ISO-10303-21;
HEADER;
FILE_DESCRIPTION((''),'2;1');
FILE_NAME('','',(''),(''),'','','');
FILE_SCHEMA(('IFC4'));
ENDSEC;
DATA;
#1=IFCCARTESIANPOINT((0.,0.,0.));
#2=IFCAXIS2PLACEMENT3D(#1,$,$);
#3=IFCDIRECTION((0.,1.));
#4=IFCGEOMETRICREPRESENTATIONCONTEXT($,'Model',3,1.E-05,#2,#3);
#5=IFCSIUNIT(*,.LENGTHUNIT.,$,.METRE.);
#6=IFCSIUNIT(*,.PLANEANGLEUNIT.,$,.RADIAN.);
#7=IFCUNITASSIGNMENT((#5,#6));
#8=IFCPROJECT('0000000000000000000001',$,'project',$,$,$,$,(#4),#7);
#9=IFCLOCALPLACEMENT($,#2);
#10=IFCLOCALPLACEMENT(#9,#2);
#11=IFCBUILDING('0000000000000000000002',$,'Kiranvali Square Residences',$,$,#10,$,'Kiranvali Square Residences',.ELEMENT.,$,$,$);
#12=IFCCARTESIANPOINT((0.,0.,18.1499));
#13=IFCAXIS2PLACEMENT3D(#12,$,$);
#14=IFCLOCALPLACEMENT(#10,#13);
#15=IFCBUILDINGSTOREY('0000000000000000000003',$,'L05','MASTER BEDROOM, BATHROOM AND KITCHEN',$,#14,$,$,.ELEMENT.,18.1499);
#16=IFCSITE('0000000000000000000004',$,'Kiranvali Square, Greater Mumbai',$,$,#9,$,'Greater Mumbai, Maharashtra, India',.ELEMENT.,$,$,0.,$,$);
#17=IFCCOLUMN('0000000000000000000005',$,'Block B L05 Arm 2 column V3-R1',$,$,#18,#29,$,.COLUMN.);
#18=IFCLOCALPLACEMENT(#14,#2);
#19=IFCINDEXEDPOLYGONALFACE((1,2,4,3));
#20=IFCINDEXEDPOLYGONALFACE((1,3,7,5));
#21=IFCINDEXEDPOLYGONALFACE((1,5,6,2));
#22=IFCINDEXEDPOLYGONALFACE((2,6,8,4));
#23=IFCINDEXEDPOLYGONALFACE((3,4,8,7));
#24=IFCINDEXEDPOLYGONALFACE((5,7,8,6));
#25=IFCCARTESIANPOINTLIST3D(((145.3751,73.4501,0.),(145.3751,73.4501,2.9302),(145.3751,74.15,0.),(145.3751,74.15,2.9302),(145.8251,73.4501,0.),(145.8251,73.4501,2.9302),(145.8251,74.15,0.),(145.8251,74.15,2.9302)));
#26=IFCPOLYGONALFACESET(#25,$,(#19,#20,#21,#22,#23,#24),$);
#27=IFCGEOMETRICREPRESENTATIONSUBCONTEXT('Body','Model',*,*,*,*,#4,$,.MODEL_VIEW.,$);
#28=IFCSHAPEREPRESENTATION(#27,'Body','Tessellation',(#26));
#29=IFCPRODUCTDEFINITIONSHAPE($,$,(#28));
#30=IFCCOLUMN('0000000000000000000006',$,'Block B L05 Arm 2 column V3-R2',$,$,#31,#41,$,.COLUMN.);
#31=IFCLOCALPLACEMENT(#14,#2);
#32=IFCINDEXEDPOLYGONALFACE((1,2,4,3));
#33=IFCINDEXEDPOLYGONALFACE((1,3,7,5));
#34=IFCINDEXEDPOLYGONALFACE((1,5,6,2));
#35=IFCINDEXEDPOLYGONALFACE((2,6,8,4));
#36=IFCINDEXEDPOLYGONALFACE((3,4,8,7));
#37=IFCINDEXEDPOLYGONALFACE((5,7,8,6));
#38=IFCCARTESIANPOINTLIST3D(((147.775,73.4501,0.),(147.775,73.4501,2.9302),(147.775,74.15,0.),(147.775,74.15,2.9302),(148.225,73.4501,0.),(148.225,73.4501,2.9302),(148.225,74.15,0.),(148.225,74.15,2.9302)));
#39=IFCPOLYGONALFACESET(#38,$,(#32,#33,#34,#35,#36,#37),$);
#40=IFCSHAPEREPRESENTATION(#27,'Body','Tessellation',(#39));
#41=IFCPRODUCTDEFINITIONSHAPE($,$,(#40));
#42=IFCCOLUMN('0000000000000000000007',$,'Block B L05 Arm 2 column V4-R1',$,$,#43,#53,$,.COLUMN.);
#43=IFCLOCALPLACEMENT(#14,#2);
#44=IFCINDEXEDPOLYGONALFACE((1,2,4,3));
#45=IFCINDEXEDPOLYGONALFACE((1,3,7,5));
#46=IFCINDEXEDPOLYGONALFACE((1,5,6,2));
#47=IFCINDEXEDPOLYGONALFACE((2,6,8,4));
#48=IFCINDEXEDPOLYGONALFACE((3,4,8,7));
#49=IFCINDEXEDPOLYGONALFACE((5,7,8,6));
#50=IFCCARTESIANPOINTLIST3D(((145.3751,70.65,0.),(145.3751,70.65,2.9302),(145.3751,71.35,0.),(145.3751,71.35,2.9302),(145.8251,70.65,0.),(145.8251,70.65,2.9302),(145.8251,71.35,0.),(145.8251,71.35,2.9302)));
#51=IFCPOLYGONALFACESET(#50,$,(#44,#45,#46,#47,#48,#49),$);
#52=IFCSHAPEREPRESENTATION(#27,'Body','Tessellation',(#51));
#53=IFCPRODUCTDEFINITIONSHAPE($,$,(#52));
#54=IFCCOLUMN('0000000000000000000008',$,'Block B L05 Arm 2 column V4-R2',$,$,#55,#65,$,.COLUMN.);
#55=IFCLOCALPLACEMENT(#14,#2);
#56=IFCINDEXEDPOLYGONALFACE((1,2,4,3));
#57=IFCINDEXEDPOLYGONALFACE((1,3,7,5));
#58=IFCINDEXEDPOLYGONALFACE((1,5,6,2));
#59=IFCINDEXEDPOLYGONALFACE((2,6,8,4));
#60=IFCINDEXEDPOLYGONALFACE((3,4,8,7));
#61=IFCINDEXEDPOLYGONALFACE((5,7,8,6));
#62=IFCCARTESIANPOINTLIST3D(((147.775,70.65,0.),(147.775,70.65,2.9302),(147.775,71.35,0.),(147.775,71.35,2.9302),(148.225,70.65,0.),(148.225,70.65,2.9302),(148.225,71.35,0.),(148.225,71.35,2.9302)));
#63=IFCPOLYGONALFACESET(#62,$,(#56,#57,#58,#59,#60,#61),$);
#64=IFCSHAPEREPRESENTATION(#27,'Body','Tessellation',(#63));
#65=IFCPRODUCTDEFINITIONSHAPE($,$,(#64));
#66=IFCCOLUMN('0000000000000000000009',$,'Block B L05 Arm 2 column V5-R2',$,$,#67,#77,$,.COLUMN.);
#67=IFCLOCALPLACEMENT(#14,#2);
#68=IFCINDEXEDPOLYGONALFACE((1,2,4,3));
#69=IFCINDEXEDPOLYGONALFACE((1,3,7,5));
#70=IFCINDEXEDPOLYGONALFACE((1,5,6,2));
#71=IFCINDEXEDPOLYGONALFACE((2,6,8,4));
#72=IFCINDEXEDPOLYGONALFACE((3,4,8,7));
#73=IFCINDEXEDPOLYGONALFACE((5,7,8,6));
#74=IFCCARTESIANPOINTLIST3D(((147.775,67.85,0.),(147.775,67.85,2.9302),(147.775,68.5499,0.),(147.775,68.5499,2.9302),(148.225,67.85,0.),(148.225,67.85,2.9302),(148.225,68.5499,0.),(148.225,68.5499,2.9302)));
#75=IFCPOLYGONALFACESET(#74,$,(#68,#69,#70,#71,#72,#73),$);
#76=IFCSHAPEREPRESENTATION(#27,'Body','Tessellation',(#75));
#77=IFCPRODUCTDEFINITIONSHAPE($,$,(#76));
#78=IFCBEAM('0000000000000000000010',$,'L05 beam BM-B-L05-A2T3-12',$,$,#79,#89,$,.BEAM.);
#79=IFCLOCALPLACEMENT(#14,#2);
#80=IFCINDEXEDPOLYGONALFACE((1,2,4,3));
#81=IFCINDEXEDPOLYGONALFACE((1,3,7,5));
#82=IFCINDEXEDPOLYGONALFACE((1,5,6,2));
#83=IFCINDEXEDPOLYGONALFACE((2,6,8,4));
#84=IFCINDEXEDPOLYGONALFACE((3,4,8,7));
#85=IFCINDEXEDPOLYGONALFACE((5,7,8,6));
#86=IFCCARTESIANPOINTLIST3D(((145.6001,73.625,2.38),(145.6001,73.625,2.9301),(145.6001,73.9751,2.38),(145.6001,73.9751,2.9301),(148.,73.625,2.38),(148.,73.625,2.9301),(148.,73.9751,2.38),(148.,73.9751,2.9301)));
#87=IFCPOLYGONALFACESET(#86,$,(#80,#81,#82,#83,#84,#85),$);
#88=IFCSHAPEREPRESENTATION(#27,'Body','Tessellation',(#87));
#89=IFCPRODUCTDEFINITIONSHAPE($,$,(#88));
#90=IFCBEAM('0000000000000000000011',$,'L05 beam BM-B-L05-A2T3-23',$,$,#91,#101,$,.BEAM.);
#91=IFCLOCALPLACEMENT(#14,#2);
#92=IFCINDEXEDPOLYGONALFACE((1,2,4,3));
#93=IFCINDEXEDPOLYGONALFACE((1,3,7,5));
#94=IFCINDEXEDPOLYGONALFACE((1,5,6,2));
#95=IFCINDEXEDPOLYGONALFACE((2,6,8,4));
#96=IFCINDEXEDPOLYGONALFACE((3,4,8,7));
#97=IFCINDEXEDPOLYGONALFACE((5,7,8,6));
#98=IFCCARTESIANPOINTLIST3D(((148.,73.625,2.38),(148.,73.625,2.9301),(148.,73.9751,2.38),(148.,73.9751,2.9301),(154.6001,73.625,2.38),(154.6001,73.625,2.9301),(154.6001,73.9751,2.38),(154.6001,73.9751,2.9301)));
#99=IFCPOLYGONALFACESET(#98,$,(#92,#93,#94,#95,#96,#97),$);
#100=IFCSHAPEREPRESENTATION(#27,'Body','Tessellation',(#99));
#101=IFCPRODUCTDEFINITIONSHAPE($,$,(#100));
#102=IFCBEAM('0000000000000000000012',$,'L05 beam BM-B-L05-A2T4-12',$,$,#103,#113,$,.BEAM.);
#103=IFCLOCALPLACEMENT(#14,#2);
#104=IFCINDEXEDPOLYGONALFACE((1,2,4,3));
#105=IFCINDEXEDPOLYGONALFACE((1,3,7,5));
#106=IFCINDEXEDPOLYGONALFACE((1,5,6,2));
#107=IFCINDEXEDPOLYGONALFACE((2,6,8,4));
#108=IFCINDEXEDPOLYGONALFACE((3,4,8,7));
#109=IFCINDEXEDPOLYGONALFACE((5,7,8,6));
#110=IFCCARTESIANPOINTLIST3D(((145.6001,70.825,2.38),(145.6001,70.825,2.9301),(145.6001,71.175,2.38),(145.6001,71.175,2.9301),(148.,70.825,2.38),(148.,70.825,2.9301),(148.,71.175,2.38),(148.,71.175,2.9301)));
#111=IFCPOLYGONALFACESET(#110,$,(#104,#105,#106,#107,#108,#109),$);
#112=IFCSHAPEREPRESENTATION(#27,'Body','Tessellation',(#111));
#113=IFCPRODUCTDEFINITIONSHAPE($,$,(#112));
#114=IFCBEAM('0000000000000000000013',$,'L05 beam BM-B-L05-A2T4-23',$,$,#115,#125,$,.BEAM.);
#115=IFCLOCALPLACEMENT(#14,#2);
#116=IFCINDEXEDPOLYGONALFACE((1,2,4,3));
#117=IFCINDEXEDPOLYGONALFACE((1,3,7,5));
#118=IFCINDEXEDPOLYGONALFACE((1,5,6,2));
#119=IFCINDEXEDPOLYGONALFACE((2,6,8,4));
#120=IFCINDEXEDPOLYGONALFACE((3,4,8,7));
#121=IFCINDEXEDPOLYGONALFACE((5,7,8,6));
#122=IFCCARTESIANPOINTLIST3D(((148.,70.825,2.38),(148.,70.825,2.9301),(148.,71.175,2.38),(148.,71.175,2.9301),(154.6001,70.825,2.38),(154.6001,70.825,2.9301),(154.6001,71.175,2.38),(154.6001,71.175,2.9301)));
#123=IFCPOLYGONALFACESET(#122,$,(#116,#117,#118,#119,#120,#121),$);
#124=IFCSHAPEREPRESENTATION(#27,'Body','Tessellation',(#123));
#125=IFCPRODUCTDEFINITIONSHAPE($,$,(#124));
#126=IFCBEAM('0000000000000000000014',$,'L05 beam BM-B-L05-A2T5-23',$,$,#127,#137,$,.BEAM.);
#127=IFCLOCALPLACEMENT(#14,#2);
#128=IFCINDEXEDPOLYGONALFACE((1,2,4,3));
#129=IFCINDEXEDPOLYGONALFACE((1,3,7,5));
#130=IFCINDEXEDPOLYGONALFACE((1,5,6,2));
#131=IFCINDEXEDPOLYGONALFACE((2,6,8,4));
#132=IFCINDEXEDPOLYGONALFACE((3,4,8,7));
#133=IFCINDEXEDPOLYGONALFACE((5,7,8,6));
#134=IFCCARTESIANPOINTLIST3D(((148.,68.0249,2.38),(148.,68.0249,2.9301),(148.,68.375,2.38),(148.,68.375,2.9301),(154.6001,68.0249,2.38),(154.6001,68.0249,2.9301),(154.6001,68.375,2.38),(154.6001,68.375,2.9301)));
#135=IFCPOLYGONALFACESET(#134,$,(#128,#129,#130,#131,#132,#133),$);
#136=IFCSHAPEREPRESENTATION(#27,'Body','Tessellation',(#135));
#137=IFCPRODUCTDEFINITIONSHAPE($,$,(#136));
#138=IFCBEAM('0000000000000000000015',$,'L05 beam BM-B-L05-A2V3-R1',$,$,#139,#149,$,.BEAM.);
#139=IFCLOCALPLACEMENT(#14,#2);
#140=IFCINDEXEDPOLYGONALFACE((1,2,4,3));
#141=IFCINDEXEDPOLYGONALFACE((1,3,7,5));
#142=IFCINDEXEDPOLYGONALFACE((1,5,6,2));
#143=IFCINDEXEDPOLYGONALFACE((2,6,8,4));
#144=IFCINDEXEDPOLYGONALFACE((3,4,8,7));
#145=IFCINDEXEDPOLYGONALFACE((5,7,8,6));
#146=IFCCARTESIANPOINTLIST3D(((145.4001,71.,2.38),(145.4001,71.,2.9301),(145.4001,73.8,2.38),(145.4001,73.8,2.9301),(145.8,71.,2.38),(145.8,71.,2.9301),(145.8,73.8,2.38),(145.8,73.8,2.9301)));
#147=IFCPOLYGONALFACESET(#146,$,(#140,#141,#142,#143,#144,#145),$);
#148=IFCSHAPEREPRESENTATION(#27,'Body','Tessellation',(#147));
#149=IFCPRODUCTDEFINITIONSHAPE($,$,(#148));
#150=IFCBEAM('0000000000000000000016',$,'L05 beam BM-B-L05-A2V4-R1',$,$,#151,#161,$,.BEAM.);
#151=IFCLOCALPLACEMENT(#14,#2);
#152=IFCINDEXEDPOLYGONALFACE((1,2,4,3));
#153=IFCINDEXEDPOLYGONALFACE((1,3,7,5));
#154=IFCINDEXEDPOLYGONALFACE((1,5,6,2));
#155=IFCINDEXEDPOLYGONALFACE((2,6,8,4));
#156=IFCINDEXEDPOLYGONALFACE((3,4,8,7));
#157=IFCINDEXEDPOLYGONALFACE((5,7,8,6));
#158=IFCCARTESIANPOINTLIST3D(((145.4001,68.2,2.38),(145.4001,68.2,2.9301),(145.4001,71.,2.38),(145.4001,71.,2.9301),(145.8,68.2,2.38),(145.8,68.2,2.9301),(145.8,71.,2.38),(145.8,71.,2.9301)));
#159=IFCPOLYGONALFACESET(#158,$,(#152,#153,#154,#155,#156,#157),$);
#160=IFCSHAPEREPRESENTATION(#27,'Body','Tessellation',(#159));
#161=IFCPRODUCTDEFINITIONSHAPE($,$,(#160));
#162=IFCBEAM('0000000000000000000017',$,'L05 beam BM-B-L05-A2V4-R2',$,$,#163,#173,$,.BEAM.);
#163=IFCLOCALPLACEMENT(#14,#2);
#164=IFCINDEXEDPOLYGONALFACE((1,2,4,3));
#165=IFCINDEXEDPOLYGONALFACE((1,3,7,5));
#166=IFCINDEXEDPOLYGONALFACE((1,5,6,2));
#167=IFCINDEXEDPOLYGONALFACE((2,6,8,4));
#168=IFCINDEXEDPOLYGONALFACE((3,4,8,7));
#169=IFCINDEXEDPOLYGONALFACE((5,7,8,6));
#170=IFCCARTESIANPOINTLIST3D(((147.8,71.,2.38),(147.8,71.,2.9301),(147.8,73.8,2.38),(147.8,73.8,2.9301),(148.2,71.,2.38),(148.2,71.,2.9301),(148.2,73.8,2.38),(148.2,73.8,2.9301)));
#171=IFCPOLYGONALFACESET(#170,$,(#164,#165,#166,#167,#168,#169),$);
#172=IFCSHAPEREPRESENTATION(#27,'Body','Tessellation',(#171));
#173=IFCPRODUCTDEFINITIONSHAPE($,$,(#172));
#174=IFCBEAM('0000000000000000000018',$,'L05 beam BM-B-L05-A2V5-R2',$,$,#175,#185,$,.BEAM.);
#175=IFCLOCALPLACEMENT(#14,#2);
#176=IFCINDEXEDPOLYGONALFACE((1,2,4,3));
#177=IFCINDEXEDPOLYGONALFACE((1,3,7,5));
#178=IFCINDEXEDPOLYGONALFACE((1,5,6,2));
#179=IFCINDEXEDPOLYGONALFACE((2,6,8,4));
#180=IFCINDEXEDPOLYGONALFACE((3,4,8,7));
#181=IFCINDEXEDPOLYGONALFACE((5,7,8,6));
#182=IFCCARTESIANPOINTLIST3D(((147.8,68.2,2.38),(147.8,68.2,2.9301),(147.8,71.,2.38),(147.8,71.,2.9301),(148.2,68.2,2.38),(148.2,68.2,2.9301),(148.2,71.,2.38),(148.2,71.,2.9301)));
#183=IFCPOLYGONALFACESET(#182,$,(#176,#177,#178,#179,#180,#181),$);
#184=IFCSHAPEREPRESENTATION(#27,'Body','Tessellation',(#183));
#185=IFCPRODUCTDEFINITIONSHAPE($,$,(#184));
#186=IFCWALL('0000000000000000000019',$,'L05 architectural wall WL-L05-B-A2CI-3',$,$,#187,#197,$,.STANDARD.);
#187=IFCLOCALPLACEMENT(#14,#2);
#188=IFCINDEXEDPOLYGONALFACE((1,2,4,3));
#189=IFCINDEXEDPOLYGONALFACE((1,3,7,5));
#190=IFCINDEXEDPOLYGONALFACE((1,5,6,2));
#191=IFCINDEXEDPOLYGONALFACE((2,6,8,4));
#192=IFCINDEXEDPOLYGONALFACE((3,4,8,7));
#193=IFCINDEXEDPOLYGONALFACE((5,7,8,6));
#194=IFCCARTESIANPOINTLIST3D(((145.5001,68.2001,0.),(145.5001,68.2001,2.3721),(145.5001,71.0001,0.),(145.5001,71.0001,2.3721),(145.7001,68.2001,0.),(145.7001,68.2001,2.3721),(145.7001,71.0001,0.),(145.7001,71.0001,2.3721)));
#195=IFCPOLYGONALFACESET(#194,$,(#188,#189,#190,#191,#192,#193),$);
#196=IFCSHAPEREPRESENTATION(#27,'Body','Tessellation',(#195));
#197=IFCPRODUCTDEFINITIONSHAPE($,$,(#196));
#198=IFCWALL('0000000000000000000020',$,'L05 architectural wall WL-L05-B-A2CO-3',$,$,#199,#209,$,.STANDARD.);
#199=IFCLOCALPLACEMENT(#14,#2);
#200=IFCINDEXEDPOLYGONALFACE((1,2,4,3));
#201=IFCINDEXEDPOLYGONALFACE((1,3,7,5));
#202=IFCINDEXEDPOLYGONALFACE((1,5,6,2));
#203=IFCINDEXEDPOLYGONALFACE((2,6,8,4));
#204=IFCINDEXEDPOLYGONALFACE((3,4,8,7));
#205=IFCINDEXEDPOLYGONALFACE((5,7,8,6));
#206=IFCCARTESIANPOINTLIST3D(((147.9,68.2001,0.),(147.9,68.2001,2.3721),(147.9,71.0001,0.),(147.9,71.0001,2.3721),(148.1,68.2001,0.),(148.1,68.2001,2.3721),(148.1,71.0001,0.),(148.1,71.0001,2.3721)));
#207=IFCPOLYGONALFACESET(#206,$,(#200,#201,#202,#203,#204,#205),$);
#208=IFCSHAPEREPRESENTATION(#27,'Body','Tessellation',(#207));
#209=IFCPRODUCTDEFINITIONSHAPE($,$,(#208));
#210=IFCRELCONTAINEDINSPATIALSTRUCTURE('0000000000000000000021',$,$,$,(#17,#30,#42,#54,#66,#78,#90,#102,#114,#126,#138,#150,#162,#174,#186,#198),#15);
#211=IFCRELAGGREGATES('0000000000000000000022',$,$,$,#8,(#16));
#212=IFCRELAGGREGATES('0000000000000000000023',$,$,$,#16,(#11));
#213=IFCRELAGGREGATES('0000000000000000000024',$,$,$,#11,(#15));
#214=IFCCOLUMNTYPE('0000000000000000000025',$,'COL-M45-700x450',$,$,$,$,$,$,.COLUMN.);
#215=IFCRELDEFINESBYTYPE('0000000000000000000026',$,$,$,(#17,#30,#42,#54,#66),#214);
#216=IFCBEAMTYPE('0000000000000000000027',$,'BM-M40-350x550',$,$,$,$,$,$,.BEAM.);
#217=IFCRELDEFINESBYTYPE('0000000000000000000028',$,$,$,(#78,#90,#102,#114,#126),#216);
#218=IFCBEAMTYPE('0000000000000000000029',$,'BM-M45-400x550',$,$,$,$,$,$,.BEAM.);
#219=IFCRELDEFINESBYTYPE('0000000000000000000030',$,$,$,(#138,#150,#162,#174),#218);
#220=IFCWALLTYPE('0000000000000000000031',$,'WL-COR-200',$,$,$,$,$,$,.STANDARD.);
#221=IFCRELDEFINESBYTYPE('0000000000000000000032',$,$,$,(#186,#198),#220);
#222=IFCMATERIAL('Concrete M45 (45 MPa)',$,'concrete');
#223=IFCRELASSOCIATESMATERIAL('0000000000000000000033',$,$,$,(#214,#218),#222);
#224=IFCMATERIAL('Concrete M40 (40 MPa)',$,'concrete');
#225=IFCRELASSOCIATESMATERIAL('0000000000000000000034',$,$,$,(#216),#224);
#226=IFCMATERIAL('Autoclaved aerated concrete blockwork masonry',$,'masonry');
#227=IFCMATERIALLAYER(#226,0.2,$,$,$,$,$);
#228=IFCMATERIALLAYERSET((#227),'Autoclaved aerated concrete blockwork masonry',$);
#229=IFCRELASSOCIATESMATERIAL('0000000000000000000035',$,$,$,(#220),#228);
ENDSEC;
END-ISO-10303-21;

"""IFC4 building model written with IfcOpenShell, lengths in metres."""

from ifc_helpers import new_model, si_unit, direction, frame, frame_2d, origin, origin_2d, place, context, subcontext, project, spatial, rectangle, extrude, material, layer, layer_set, material_profile, profile_set, type_object, element, save


model = new_model("IFC4")

# Units and contexts
model_context = context("Model", 3, precision=1e-05, world=origin(), true_north=direction((0.0, 1.0)))
body_context = subcontext(model_context, "Body", "Model", "MODEL_VIEW")
ifc_project = project(units=[si_unit("LENGTHUNIT", "METRE"), si_unit("PLANEANGLEUNIT", "RADIAN")], contexts=[model_context])

# Site, building, storey
site_placement = place(None, origin())
site = spatial("IfcSite", under=ifc_project, at=site_placement, Name="Kiranvali Square, Greater Mumbai", LongName="Greater Mumbai, Maharashtra, India", CompositionType="ELEMENT", RefElevation=0.0)
building_placement = place(site_placement, origin())
building = spatial("IfcBuilding", under=site, at=building_placement, Name="Kiranvali Square Residences", LongName="Kiranvali Square Residences", CompositionType="ELEMENT")
storey_placement = place(building_placement, frame((0.0, 0.0, 18.1499)))
storey = spatial("IfcBuildingStorey", under=building, at=storey_placement, Name="L05", Description="MASTER BEDROOM, BATHROOM AND KITCHEN", CompositionType="ELEMENT", Elevation=18.1499)

# Columns
ifc_material_1 = material(Name="Concrete M45 (45 MPa)", Category="concrete")
ifc_material_profile_1 = material_profile(ifc_material_1, rectangle(XDim=0.45, YDim=0.7, at=origin_2d()), Name="RC 700x450")
ifc_profile_set_1 = profile_set([ifc_material_profile_1], Name="Concrete M45 (45 MPa)")
column_type = type_object("IfcColumnType", Name="COL-M45-700x450", PredefinedType="COLUMN", material=ifc_profile_set_1)
for number, where, z_axis, x_axis, name in (
    (1, (145.6001, 73.8, 0.0), (0.0, 0.0, 1.0), (1.0, 0.0, 0.0), "Block B L05 Arm 2 column V3-R1"),
    (2, (148.0, 73.8, 0.0), (0.0, 0.0, 1.0), (1.0, 0.0, 0.0), "Block B L05 Arm 2 column V3-R2"),
    (3, (145.6001, 71.0, 0.0), (0.0, 0.0, 1.0), (1.0, 0.0, 0.0), "Block B L05 Arm 2 column V4-R1"),
    (4, (148.0, 71.0, 0.0), (0.0, 0.0, 1.0), (1.0, 0.0, 0.0), "Block B L05 Arm 2 column V4-R2"),
    (5, (148.0, 68.2, 0.0), (0.0, 0.0, 1.0), (1.0, 0.0, 0.0), "Block B L05 Arm 2 column V5-R2"),
):
    element("IfcColumn", number, at=place(storey_placement, frame(where, z_axis=z_axis, x_axis=x_axis)), inside=storey, type_object=column_type, Name=name, PredefinedType="COLUMN", context=body_context, shape_type="SweptSolid", body=[
        extrude(rectangle(XDim=0.45, YDim=0.7, at=origin_2d()), origin(), (0.0, 0.0, 1.0), 2.9302),
    ])

# Beams
ifc_material_2 = material(Name="Concrete M40 (40 MPa)", Category="concrete")
ifc_material_profile_2 = material_profile(ifc_material_2, rectangle(XDim=0.3501, YDim=0.55, at=origin_2d()), Name="RC 350x550")
ifc_profile_set_2 = profile_set([ifc_material_profile_2], Name="Concrete M40 (40 MPa)")
beam_type_1 = type_object("IfcBeamType", Name="BM-M40-350x550", PredefinedType="BEAM", material=ifc_profile_set_2)
beam_1_placement = place(storey_placement, frame((145.6001, 73.8, 2.655), z_axis=(1.0, 0.0, 0.0), x_axis=(0.0, 1.0, 0.0)))
element("IfcBeam", 6, at=beam_1_placement, inside=storey, type_object=beam_type_1, Name="L05 beam BM-B-L05-A2T3-12", PredefinedType="BEAM", context=body_context, shape_type="SweptSolid", body=[
    extrude(rectangle(XDim=0.3501, YDim=0.55, at=origin_2d()), origin(), (0.0, 0.0, 1.0), 2.3999),
])
beam_2_placement = place(storey_placement, frame((148.0, 73.8, 2.655), z_axis=(1.0, 0.0, 0.0), x_axis=(0.0, 1.0, 0.0)))
element("IfcBeam", 7, at=beam_2_placement, inside=storey, type_object=beam_type_1, Name="L05 beam BM-B-L05-A2T3-23", PredefinedType="BEAM", context=body_context, shape_type="SweptSolid", body=[
    extrude(rectangle(XDim=0.3501, YDim=0.55, at=origin_2d()), origin(), (0.0, 0.0, 1.0), 6.6001),
])
beam_3_placement = place(storey_placement, frame((145.6001, 71.0, 2.655), z_axis=(1.0, 0.0, 0.0), x_axis=(0.0, 1.0, 0.0)))
element("IfcBeam", 8, at=beam_3_placement, inside=storey, type_object=beam_type_1, Name="L05 beam BM-B-L05-A2T4-12", PredefinedType="BEAM", context=body_context, shape_type="SweptSolid", body=[
    extrude(rectangle(XDim=0.3501, YDim=0.55, at=origin_2d()), origin(), (0.0, 0.0, 1.0), 2.3999),
])
for number, where, z_axis, x_axis, name in (
    (9, (148.0, 71.0, 2.655), (1.0, 0.0, 0.0), (0.0, 1.0, 0.0), "L05 beam BM-B-L05-A2T4-23"),
    (10, (148.0, 68.2, 2.655), (1.0, 0.0, 0.0), (0.0, 1.0, 0.0), "L05 beam BM-B-L05-A2T5-23"),
):
    element("IfcBeam", number, at=place(storey_placement, frame(where, z_axis=z_axis, x_axis=x_axis)), inside=storey, type_object=beam_type_1, Name=name, PredefinedType="BEAM", context=body_context, shape_type="SweptSolid", body=[
        extrude(rectangle(XDim=0.3501, YDim=0.55, at=origin_2d()), origin(), (0.0, 0.0, 1.0), 6.6001),
    ])
ifc_material_profile_3 = material_profile(ifc_material_1, rectangle(XDim=0.3999, YDim=0.55, at=origin_2d()), Name="RC 400x550")
ifc_profile_set_3 = profile_set([ifc_material_profile_3], Name="Concrete M45 (45 MPa)")
beam_type_2 = type_object("IfcBeamType", Name="BM-M45-400x550", PredefinedType="BEAM", material=ifc_profile_set_3)
for number, where, z_axis, x_axis, name in (
    (11, (145.6001, 73.8, 2.655), (0.0, -1.0, 0.0), (1.0, 0.0, 0.0), "L05 beam BM-B-L05-A2V3-R1"),
    (12, (145.6001, 71.0, 2.655), (0.0, -1.0, 0.0), (1.0, 0.0, 0.0), "L05 beam BM-B-L05-A2V4-R1"),
    (13, (148.0, 73.8, 2.655), (0.0, -1.0, 0.0), (1.0, 0.0, 0.0), "L05 beam BM-B-L05-A2V4-R2"),
    (14, (148.0, 71.0, 2.655), (0.0, -1.0, 0.0), (1.0, 0.0, 0.0), "L05 beam BM-B-L05-A2V5-R2"),
):
    element("IfcBeam", number, at=place(storey_placement, frame(where, z_axis=z_axis, x_axis=x_axis)), inside=storey, type_object=beam_type_2, Name=name, PredefinedType="BEAM", context=body_context, shape_type="SweptSolid", body=[
        extrude(rectangle(XDim=0.3999, YDim=0.55, at=origin_2d()), origin(), (0.0, 0.0, 1.0), 2.8),
    ])

# Shared definitions
ifc_material_3 = material(Name="Autoclaved aerated concrete blockwork masonry", Category="masonry")
ifc_layer_1 = layer(ifc_material_3, 0.2)
ifc_layer_set_1 = layer_set([ifc_layer_1], Name="Autoclaved aerated concrete blockwork masonry")
wall_type_1 = type_object("IfcWallType", Name="WL-COR-200", PredefinedType="STANDARD", material=ifc_layer_set_1)

# Walls
for number, where, z_axis, x_axis, name in (
    (15, (145.6001, 71.0, 0.0), (0.0, 0.0, 1.0), (0.0, -1.0, 0.0), "L05 architectural wall WL-L05-B-A2CI-3"),
    (16, (148.0, 71.0, 0.0), (0.0, 0.0, 1.0), (0.0, -1.0, 0.0), "L05 architectural wall WL-L05-B-A2CO-3"),
):
    element("IfcWall", number, at=place(storey_placement, frame(where, z_axis=z_axis, x_axis=x_axis)), inside=storey, type_object=wall_type_1, Name=name, PredefinedType="STANDARD", context=body_context, shape_type="SweptSolid", body=[
        extrude(rectangle(XDim=2.8, YDim=0.2, at=frame_2d((1.3999, 0.0))), origin(), (0.0, 0.0, 1.0), 2.3721),
    ])

save(model, "model.ifc")
